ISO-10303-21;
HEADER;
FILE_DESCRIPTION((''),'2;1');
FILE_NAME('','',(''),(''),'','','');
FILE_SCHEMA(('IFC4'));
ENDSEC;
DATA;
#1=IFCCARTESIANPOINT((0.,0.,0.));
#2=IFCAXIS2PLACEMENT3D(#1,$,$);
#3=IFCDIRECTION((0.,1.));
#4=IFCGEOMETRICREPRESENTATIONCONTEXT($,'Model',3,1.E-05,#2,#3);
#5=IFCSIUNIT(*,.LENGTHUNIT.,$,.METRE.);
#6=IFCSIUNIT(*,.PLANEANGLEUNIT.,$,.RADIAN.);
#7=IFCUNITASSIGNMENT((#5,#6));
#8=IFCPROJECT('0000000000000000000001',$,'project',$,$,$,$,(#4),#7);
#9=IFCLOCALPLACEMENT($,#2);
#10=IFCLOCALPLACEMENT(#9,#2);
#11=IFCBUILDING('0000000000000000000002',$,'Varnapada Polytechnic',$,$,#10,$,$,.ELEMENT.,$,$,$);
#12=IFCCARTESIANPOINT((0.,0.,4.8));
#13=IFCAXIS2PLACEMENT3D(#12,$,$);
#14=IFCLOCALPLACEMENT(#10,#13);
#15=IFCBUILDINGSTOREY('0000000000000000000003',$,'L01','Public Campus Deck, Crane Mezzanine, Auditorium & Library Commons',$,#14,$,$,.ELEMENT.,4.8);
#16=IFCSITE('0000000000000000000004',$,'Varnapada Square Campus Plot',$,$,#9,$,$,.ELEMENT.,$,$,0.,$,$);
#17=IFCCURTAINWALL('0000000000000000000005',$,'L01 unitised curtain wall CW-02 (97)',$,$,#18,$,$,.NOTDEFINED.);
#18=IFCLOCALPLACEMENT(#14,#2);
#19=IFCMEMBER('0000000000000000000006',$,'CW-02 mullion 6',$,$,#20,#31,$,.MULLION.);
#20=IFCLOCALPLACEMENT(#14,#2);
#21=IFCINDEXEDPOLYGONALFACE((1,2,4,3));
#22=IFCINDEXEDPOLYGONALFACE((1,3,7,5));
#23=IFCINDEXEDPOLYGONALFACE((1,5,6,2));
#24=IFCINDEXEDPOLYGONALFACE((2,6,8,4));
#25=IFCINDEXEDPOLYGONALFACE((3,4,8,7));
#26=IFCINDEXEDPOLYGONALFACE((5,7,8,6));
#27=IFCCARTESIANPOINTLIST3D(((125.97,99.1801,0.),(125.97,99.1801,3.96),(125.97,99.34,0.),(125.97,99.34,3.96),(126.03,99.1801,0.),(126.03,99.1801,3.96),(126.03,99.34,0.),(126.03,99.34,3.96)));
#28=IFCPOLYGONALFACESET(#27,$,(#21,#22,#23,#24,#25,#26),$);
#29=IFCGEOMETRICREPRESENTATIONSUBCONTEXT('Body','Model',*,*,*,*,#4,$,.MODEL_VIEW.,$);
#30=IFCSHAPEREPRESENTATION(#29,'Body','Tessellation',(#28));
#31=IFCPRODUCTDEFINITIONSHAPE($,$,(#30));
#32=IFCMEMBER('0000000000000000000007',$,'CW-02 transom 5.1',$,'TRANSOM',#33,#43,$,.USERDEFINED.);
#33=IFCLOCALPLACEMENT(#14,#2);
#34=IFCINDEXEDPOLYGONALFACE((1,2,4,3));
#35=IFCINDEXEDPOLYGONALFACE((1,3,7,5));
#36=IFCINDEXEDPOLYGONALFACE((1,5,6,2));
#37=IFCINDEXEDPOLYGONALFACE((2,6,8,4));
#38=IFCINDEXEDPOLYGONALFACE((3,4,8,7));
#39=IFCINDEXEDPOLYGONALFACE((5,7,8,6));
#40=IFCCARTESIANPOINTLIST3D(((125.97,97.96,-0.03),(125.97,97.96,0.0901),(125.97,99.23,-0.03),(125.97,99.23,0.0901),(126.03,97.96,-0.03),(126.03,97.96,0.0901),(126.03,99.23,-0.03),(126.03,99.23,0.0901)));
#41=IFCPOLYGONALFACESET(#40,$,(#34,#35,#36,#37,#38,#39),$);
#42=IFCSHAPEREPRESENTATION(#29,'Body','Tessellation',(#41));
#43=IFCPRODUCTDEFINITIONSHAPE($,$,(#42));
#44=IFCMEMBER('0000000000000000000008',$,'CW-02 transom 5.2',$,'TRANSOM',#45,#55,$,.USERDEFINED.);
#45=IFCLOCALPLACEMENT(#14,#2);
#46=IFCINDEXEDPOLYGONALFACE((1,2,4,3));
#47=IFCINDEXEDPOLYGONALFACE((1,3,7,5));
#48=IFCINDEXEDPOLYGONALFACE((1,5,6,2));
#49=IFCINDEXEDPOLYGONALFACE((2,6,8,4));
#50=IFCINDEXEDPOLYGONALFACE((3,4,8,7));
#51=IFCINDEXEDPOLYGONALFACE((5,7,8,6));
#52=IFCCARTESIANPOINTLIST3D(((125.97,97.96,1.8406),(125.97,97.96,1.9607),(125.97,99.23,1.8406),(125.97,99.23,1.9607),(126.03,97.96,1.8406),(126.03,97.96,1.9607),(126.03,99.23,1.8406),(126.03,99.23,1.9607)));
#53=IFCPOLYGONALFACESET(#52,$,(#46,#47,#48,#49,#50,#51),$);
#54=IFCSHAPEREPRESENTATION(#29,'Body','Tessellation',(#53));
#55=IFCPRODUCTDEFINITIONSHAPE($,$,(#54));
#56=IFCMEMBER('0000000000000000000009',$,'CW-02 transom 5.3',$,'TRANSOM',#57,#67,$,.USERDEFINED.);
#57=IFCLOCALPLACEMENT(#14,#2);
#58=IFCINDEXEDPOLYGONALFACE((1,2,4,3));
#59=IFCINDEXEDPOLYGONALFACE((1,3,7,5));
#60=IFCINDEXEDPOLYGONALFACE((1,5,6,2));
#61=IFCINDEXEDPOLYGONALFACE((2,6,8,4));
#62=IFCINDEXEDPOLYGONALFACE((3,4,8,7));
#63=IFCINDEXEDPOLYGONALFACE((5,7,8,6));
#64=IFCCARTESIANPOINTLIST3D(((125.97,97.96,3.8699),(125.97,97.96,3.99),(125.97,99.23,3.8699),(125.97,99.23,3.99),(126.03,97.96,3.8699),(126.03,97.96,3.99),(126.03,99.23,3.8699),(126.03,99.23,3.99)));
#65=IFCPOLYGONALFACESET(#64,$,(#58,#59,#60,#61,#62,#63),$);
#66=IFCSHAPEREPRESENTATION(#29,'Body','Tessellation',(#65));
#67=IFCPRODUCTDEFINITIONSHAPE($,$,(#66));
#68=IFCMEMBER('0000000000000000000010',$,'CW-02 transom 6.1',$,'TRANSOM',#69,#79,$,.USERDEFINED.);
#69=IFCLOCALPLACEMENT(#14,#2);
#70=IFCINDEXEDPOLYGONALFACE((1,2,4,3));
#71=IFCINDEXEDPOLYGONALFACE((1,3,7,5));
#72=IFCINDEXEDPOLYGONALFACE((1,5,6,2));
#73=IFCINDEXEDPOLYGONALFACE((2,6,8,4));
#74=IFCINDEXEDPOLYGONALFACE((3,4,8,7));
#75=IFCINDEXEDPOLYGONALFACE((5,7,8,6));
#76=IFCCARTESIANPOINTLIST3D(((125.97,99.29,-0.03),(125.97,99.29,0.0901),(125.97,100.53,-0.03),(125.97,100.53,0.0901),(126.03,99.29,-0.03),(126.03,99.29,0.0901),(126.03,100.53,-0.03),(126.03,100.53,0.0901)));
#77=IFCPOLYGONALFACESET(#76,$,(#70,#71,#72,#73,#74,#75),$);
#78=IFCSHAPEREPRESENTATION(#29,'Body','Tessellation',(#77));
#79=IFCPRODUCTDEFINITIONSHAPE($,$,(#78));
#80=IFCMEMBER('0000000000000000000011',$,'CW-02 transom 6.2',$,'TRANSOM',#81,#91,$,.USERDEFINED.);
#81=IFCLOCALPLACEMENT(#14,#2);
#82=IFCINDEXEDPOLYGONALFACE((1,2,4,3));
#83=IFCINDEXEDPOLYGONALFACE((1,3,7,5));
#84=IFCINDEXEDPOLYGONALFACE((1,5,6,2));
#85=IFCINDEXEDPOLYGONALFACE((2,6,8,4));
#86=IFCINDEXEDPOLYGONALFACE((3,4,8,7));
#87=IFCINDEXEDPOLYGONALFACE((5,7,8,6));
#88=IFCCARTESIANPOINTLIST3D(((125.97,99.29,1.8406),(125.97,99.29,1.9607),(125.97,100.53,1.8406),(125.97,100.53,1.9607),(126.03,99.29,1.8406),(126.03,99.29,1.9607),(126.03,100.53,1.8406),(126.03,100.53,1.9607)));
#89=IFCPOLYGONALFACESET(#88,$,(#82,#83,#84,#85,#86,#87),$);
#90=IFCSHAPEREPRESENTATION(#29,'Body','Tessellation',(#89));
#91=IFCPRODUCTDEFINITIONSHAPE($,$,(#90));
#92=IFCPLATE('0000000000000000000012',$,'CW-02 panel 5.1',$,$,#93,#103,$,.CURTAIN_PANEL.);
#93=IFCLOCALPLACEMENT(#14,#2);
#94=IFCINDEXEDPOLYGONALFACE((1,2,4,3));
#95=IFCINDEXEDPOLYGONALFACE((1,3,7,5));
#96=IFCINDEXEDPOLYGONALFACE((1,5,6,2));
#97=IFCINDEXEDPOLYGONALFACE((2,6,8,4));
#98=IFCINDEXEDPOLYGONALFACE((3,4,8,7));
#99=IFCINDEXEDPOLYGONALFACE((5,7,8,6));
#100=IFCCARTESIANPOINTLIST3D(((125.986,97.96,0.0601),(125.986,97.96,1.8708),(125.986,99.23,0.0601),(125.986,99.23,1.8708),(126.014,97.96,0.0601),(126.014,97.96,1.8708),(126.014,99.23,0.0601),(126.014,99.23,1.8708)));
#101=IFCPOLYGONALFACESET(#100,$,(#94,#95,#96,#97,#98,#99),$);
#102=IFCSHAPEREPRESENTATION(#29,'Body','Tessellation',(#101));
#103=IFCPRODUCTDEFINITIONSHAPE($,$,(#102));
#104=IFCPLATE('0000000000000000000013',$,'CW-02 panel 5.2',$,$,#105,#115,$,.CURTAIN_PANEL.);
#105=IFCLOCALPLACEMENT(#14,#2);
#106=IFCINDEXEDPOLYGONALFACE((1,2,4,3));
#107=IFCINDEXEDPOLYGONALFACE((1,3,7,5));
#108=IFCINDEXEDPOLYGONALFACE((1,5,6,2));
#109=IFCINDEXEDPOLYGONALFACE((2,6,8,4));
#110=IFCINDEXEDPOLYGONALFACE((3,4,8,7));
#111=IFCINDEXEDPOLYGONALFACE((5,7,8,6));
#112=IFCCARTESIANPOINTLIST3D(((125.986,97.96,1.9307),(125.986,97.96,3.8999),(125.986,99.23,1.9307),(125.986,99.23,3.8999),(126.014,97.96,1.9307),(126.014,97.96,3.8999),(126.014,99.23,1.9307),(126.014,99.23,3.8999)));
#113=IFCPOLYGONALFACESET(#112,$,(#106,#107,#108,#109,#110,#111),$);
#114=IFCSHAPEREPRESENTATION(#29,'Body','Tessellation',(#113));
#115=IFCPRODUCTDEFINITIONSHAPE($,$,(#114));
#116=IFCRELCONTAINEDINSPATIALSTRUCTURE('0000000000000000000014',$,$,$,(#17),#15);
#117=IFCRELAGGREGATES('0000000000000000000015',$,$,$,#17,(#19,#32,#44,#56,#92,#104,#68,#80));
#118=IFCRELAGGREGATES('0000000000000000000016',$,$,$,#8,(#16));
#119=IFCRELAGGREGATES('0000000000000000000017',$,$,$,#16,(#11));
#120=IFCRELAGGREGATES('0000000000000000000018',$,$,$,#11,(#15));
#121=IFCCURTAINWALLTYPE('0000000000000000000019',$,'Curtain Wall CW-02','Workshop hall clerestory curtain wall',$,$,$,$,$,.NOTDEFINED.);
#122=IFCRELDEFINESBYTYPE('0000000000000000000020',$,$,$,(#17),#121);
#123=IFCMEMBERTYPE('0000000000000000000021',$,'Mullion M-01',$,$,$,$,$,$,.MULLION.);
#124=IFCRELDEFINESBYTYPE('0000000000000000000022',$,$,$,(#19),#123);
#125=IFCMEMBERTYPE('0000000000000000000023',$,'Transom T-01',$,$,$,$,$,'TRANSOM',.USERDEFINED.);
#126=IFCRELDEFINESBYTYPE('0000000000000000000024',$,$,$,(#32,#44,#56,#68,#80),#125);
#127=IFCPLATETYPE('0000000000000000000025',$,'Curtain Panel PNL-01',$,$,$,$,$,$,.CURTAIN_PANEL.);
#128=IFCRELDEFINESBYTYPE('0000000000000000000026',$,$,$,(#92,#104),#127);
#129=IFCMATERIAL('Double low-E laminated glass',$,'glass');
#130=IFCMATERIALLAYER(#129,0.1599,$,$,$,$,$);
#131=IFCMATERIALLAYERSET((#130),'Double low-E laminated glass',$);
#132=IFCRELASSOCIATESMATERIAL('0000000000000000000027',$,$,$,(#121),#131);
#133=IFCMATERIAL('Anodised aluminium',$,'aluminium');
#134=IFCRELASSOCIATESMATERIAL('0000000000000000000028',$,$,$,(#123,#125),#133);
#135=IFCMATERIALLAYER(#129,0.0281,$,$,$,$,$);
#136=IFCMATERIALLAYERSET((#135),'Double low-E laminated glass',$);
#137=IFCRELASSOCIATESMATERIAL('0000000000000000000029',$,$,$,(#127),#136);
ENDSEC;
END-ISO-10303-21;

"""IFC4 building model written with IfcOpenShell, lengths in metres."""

from ifc_helpers import new_model, si_unit, direction, frame, origin, origin_2d, place, context, subcontext, project, spatial, rectangle, extrude, material, layer, layer_set, material_profile, profile_set, type_object, element, aggregate, save


model = new_model("IFC4")

# Units and contexts
model_context = context("Model", 3, precision=1e-05, world=origin(), true_north=direction((0.0, 1.0)))
body_context = subcontext(model_context, "Body", "Model", "MODEL_VIEW")
ifc_project = project(units=[si_unit("LENGTHUNIT", "METRE"), si_unit("PLANEANGLEUNIT", "RADIAN")], contexts=[model_context])

# Site, building, storey
site_placement = place(None, origin())
site = spatial("IfcSite", under=ifc_project, at=site_placement, Name="Varnapada Square Campus Plot", CompositionType="ELEMENT", RefElevation=0.0)
building_placement = place(site_placement, origin())
building = spatial("IfcBuilding", under=site, at=building_placement, Name="Varnapada Polytechnic", CompositionType="ELEMENT")
storey_placement = place(building_placement, frame((0.0, 0.0, 4.8)))
storey = spatial("IfcBuildingStorey", under=building, at=storey_placement, Name="L01", Description="Public Campus Deck, Crane Mezzanine, Auditorium & Library Commons", CompositionType="ELEMENT", Elevation=4.8)

# Curtain wall, members, plates
ifc_material_1 = material(Name="Double low-E laminated glass", Category="glass")
ifc_layer_1 = layer(ifc_material_1, 0.1599)
ifc_layer_set_1 = layer_set([ifc_layer_1], Name="Double low-E laminated glass")
curtain_wall_type = type_object("IfcCurtainWallType", Name="Curtain Wall CW-02", Description="Workshop hall clerestory curtain wall", PredefinedType="NOTDEFINED", material=ifc_layer_set_1)
curtain_wall_placement = place(storey_placement, origin())
curtain_wall = element("IfcCurtainWall", 1, at=curtain_wall_placement, inside=storey, type_object=curtain_wall_type, Name="L01 unitised curtain wall CW-02 (97)", PredefinedType="NOTDEFINED")
ifc_material_2 = material(Name="Anodised aluminium", Category="aluminium")
ifc_material_profile_1 = material_profile(ifc_material_2, rectangle(XDim=0.0601, YDim=0.1599, at=origin_2d()), Name="ALU M60x160")
ifc_profile_set_1 = profile_set([ifc_material_profile_1], Name="Anodised aluminium")
member_type_1 = type_object("IfcMemberType", Name="Mullion M-01", PredefinedType="MULLION", material=ifc_profile_set_1)
member_1_placement = place(storey_placement, frame((126.0, 99.26, 0.0), z_axis=(0.0, 0.0, 1.0), x_axis=(-1.0, 0.0, 0.0)))
member_1 = element("IfcMember", 2, at=member_1_placement, type_object=member_type_1, Name="CW-02 mullion 6", PredefinedType="MULLION", context=body_context, shape_type="SweptSolid", body=[
    extrude(rectangle(XDim=0.0601, YDim=0.1599, at=origin_2d()), origin(), (0.0, 0.0, 1.0), 3.96),
])
ifc_material_profile_2 = material_profile(ifc_material_2, rectangle(XDim=0.0601, YDim=0.1201, at=origin_2d()), Name="ALU T60x120")
ifc_profile_set_2 = profile_set([ifc_material_profile_2], Name="Anodised aluminium")
member_type_2 = type_object("IfcMemberType", Name="Transom T-01", ElementType="TRANSOM", PredefinedType="USERDEFINED", material=ifc_profile_set_2)
member_2_placement = place(storey_placement, frame((126.0, 97.96, 0.03), z_axis=(0.0, 1.0, 0.0), x_axis=(-1.0, 0.0, 0.0)))
member_2 = element("IfcMember", 3, at=member_2_placement, type_object=member_type_2, Name="CW-02 transom 5.1", ObjectType="TRANSOM", PredefinedType="USERDEFINED", context=body_context, shape_type="SweptSolid", body=[
    extrude(rectangle(XDim=0.0601, YDim=0.1201, at=origin_2d()), origin(), (0.0, 0.0, 1.0), 1.27),
])
member_3_placement = place(storey_placement, frame((126.0, 97.96, 1.9006), z_axis=(0.0, 1.0, 0.0), x_axis=(-1.0, 0.0, 0.0)))
member_3 = element("IfcMember", 4, at=member_3_placement, type_object=member_type_2, Name="CW-02 transom 5.2", ObjectType="TRANSOM", PredefinedType="USERDEFINED", context=body_context, shape_type="SweptSolid", body=[
    extrude(rectangle(XDim=0.0601, YDim=0.1201, at=origin_2d()), origin(), (0.0, 0.0, 1.0), 1.27),
])
member_4_placement = place(storey_placement, frame((126.0, 97.96, 3.9299), z_axis=(0.0, 1.0, 0.0), x_axis=(-1.0, 0.0, 0.0)))
member_4 = element("IfcMember", 5, at=member_4_placement, type_object=member_type_2, Name="CW-02 transom 5.3", ObjectType="TRANSOM", PredefinedType="USERDEFINED", context=body_context, shape_type="SweptSolid", body=[
    extrude(rectangle(XDim=0.0601, YDim=0.1201, at=origin_2d()), origin(), (0.0, 0.0, 1.0), 1.27),
])
member_5_placement = place(storey_placement, frame((126.0, 99.29, 0.03), z_axis=(0.0, 1.0, 0.0), x_axis=(-1.0, 0.0, 0.0)))
member_5 = element("IfcMember", 6, at=member_5_placement, type_object=member_type_2, Name="CW-02 transom 6.1", ObjectType="TRANSOM", PredefinedType="USERDEFINED", context=body_context, shape_type="SweptSolid", body=[
    extrude(rectangle(XDim=0.0601, YDim=0.1201, at=origin_2d()), origin(), (0.0, 0.0, 1.0), 1.24),
])
member_6_placement = place(storey_placement, frame((126.0, 99.29, 1.9006), z_axis=(0.0, 1.0, 0.0), x_axis=(-1.0, 0.0, 0.0)))
member_6 = element("IfcMember", 7, at=member_6_placement, type_object=member_type_2, Name="CW-02 transom 6.2", ObjectType="TRANSOM", PredefinedType="USERDEFINED", context=body_context, shape_type="SweptSolid", body=[
    extrude(rectangle(XDim=0.0601, YDim=0.1201, at=origin_2d()), origin(), (0.0, 0.0, 1.0), 1.24),
])
ifc_layer_2 = layer(ifc_material_1, 0.0281)
ifc_layer_set_2 = layer_set([ifc_layer_2], Name="Double low-E laminated glass")
plate_type = type_object("IfcPlateType", Name="Curtain Panel PNL-01", PredefinedType="CURTAIN_PANEL", material=ifc_layer_set_2)
plate_1_placement = place(storey_placement, frame((126.0, 98.595, 0.0601), z_axis=(0.0, 0.0, 1.0), x_axis=(0.0, 1.0, 0.0)))
plate_1 = element("IfcPlate", 8, at=plate_1_placement, type_object=plate_type, Name="CW-02 panel 5.1", PredefinedType="CURTAIN_PANEL", context=body_context, shape_type="SweptSolid", body=[
    extrude(rectangle(XDim=1.27, YDim=0.0281, at=origin_2d()), origin(), (0.0, 0.0, 1.0), 1.8108),
])
plate_2_placement = place(storey_placement, frame((126.0, 98.595, 1.9307), z_axis=(0.0, 0.0, 1.0), x_axis=(0.0, 1.0, 0.0)))
plate_2 = element("IfcPlate", 9, at=plate_2_placement, type_object=plate_type, Name="CW-02 panel 5.2", PredefinedType="CURTAIN_PANEL", context=body_context, shape_type="SweptSolid", body=[
    extrude(rectangle(XDim=1.27, YDim=0.0281, at=origin_2d()), origin(), (0.0, 0.0, 1.0), 1.9692),
])
aggregate(curtain_wall, [member_1, member_2, member_3, member_4, plate_1, plate_2, member_5, member_6])

save(model, "model.ifc")
